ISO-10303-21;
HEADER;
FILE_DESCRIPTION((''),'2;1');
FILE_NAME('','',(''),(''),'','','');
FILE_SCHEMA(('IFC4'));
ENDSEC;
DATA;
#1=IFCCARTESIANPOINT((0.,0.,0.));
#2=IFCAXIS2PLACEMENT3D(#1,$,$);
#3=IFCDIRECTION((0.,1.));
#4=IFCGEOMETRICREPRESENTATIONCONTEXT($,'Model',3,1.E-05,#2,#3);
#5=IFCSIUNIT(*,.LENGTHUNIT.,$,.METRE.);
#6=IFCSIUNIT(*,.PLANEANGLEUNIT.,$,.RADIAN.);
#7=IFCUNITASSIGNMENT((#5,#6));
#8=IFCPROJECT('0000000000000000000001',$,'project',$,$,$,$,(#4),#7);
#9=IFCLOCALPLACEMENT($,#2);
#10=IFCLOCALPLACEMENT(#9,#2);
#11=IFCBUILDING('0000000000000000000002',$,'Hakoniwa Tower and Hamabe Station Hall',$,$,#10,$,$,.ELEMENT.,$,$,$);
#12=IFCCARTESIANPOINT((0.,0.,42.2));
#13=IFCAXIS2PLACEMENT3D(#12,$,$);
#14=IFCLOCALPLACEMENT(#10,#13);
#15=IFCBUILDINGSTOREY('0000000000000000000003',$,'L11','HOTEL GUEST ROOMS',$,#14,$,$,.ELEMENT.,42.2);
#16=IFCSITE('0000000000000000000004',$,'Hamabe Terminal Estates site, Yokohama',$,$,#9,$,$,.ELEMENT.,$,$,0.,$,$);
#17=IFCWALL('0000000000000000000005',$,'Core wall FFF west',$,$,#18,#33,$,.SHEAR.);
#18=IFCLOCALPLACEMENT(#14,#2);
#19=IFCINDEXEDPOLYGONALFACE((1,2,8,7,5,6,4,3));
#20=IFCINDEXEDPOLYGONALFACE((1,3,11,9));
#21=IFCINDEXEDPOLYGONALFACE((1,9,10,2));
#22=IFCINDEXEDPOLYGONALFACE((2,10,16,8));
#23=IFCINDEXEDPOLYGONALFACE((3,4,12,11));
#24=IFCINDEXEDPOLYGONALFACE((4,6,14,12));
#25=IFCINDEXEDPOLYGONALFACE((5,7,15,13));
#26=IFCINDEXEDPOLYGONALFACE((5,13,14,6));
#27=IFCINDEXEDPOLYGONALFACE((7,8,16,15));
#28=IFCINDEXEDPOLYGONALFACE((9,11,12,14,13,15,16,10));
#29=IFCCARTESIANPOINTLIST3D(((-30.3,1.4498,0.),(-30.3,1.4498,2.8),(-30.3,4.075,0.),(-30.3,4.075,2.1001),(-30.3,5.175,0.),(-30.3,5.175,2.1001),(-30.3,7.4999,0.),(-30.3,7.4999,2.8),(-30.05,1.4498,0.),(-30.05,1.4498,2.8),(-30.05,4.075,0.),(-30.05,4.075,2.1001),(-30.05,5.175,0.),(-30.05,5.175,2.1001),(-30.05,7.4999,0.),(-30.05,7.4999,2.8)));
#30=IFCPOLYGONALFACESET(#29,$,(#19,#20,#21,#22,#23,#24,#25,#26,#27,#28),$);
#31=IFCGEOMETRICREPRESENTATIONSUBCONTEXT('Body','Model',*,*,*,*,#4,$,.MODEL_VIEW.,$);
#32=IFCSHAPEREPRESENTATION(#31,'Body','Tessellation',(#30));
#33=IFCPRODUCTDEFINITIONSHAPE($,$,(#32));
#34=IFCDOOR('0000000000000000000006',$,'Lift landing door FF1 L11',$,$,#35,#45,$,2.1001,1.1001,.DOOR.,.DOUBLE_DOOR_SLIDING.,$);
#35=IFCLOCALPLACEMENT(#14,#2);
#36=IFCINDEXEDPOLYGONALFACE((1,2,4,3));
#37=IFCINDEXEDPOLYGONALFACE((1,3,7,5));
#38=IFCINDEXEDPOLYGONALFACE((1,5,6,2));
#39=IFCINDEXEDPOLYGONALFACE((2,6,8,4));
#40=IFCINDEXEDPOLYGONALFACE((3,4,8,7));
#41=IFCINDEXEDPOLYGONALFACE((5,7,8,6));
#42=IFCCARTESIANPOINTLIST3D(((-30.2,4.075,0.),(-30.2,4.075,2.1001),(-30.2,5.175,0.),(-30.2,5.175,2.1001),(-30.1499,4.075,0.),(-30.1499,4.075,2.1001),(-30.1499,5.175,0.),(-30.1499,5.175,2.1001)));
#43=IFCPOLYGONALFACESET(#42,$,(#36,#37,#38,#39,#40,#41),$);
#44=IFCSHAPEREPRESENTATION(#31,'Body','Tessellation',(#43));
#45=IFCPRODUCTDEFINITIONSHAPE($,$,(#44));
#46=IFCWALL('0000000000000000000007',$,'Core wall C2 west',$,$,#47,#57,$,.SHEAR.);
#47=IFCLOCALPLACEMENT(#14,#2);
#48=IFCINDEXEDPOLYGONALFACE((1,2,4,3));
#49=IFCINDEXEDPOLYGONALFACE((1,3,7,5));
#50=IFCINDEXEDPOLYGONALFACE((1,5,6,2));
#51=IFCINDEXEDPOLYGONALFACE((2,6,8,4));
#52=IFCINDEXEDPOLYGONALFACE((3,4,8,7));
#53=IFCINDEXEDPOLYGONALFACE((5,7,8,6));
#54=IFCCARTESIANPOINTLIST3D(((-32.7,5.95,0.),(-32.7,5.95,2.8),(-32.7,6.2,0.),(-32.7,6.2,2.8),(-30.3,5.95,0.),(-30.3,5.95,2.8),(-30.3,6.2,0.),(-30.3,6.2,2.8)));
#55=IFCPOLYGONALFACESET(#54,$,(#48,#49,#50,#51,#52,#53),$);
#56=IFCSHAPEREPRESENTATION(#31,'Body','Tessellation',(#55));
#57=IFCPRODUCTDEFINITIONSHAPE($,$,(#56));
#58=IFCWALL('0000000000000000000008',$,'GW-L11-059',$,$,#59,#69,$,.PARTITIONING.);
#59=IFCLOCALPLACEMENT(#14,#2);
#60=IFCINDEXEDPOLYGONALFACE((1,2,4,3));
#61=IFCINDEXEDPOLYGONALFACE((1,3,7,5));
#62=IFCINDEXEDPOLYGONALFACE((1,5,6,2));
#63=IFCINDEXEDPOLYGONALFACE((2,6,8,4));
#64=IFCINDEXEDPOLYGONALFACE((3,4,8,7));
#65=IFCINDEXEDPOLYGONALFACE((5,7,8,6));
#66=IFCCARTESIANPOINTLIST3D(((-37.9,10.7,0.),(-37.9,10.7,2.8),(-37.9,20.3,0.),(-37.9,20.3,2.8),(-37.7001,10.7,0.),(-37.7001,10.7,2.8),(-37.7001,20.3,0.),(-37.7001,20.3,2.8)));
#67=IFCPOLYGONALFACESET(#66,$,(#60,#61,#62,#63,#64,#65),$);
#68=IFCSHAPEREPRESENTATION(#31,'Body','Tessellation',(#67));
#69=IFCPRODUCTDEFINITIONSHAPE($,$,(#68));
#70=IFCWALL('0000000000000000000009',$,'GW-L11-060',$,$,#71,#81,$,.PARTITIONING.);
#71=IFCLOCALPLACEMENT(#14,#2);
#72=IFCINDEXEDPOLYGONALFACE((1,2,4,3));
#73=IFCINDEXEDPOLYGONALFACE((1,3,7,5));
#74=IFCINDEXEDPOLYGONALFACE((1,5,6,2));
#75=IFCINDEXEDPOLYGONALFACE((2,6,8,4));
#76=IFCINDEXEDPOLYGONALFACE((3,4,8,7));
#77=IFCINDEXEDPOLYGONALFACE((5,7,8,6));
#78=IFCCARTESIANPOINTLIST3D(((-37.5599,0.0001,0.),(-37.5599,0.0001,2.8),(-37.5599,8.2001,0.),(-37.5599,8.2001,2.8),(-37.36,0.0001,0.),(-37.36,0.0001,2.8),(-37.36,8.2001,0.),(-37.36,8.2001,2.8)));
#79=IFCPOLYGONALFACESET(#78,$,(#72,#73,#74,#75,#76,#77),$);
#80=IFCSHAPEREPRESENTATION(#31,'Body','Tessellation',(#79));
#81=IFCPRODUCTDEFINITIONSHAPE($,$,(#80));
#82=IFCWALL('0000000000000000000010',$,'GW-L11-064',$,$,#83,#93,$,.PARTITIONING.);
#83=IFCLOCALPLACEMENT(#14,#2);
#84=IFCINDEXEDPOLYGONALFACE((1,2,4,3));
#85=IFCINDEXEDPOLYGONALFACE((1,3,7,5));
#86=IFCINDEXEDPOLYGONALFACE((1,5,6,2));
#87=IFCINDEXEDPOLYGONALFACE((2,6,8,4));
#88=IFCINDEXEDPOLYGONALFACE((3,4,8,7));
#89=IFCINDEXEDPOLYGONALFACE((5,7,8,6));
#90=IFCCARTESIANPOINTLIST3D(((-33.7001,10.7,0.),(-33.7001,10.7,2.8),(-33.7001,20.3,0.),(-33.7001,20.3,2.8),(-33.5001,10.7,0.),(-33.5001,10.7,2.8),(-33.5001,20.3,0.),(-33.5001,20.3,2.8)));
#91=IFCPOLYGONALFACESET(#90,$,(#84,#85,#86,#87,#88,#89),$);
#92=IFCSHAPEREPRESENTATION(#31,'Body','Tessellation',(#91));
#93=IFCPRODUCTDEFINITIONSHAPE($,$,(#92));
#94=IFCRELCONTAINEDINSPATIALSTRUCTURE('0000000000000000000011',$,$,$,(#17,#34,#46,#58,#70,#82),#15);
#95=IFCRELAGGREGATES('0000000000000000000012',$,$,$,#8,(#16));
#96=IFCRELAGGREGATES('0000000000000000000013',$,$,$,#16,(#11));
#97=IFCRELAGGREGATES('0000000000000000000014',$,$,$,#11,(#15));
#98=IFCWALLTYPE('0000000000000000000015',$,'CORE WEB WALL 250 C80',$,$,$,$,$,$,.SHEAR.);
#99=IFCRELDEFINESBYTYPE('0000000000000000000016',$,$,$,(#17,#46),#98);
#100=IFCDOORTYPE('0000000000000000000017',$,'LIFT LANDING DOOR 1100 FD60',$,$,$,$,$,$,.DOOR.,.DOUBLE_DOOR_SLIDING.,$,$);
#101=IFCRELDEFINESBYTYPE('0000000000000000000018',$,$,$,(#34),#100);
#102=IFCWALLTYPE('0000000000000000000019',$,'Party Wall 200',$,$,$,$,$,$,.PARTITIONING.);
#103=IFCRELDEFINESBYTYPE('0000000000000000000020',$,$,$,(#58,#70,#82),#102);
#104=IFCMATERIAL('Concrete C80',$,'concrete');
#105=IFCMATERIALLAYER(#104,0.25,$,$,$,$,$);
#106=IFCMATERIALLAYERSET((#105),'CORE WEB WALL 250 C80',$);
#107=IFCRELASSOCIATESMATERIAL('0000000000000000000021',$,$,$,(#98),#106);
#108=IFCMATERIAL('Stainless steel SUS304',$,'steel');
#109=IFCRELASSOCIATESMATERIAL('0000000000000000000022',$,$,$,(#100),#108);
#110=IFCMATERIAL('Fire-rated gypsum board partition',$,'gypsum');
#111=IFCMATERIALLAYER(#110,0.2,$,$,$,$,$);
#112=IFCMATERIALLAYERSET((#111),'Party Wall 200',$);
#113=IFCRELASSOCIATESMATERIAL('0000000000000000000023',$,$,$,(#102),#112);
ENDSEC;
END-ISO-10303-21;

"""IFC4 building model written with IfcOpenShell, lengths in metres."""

from ifc_helpers import new_model, si_unit, direction, frame, frame_2d, origin, place, context, subcontext, project, spatial, rectangle, extrude, material, layer, layer_set, type_object, element, fill, save


model = new_model("IFC4")

# Units and contexts
model_context = context("Model", 3, precision=1e-05, world=origin(), true_north=direction((0.0, 1.0)))
body_context = subcontext(model_context, "Body", "Model", "MODEL_VIEW")
ifc_project = project(units=[si_unit("LENGTHUNIT", "METRE"), si_unit("PLANEANGLEUNIT", "RADIAN")], contexts=[model_context])

# Site, building, storey
site_placement = place(None, origin())
site = spatial("IfcSite", under=ifc_project, at=site_placement, Name="Hamabe Terminal Estates site, Yokohama", CompositionType="ELEMENT", RefElevation=0.0)
building_placement = place(site_placement, origin())
building = spatial("IfcBuilding", under=site, at=building_placement, Name="Hakoniwa Tower and Hamabe Station Hall", CompositionType="ELEMENT")
storey_placement = place(building_placement, frame((0.0, 0.0, 42.2)))
storey = spatial("IfcBuildingStorey", under=building, at=storey_placement, Name="L11", Description="HOTEL GUEST ROOMS", CompositionType="ELEMENT", Elevation=42.2)

# Wall, opening, door
ifc_material_1 = material(Name="Concrete C80", Category="concrete")
ifc_layer_1 = layer(ifc_material_1, 0.25)
ifc_layer_set_1 = layer_set([ifc_layer_1], Name="CORE WEB WALL 250 C80")
wall_type_1 = type_object("IfcWallType", Name="CORE WEB WALL 250 C80", PredefinedType="SHEAR", material=ifc_layer_set_1)
wall_1_placement = place(storey_placement, frame((-30.175, 1.45, 0.0), z_axis=(0.0, 0.0, 1.0), x_axis=(0.0, 1.0, 0.0)))
wall_1 = element("IfcWall", 1, at=wall_1_placement, inside=storey, type_object=wall_type_1, Name="Core wall FFF west", PredefinedType="SHEAR", context=body_context, shape_type="SweptSolid", body=[
    extrude(rectangle(XDim=6.05, YDim=0.25, at=frame_2d((3.0249, 0.0))), origin(), (0.0, 0.0, 1.0), 2.8),
])
opening_1_placement = place(wall_1_placement, frame((2.625, 0.0, 0.0)))
opening_1 = element("IfcOpeningElement", 2, at=opening_1_placement, cuts=wall_1, PredefinedType="OPENING", context=body_context, shape_type="SweptSolid", body=[
    extrude(rectangle(XDim=1.1001, YDim=2.1001, at=frame_2d((0.55, 1.05))), frame((0.0, 0.135, 0.0), z_axis=(0.0, -1.0, 0.0), x_axis=(1.0, 0.0, 0.0)), (0.0, 0.0, 1.0), 0.27),
])
ifc_material_2 = material(Name="Stainless steel SUS304", Category="steel")
door_type_1 = type_object("IfcDoorType", Name="LIFT LANDING DOOR 1100 FD60", OperationType="DOUBLE_DOOR_SLIDING", PredefinedType="DOOR", material=ifc_material_2)
door_1_placement = place(opening_1_placement, origin())
door_1 = element("IfcDoor", 3, at=door_1_placement, inside=storey, type_object=door_type_1, Name="Lift landing door FF1 L11", OperationType="DOUBLE_DOOR_SLIDING", OverallHeight=2.1001, OverallWidth=1.1001, PredefinedType="DOOR", context=body_context, shape_type="SweptSolid", body=[
    extrude(rectangle(XDim=1.1001, YDim=2.1001, at=frame_2d((0.55, 1.05))), frame((0.0, 0.0249, 0.0), z_axis=(0.0, -1.0, 0.0), x_axis=(1.0, 0.0, 0.0)), (0.0, 0.0, 1.0), 0.05),
])
fill(opening_1, door_1)

# Walls
wall_2_placement = place(storey_placement, frame((-32.7, 6.075, 0.0), z_axis=(0.0, 0.0, 1.0), x_axis=(1.0, 0.0, 0.0)))
element("IfcWall", 4, at=wall_2_placement, inside=storey, type_object=wall_type_1, Name="Core wall C2 west", PredefinedType="SHEAR", context=body_context, shape_type="SweptSolid", body=[
    extrude(rectangle(XDim=2.3999, YDim=0.25, at=frame_2d((1.2, 0.0))), origin(), (0.0, 0.0, 1.0), 2.8),
])
ifc_material_3 = material(Name="Fire-rated gypsum board partition", Category="gypsum")
ifc_layer_2 = layer(ifc_material_3, 0.2)
ifc_layer_set_2 = layer_set([ifc_layer_2], Name="Party Wall 200")
wall_type_2 = type_object("IfcWallType", Name="Party Wall 200", PredefinedType="PARTITIONING", material=ifc_layer_set_2)
wall_3_placement = place(storey_placement, frame((-37.8, 10.7, 0.0), z_axis=(0.0, 0.0, 1.0), x_axis=(0.0, 1.0, 0.0)))
element("IfcWall", 5, at=wall_3_placement, inside=storey, type_object=wall_type_2, Name="GW-L11-059", PredefinedType="PARTITIONING", context=body_context, shape_type="SweptSolid", body=[
    extrude(rectangle(XDim=9.6001, YDim=0.2, at=frame_2d((4.8, 0.0))), origin(), (0.0, 0.0, 1.0), 2.8),
])
wall_4_placement = place(storey_placement, frame((-37.46, 0.0, 0.0), z_axis=(0.0, 0.0, 1.0), x_axis=(0.0, 1.0, 0.0)))
element("IfcWall", 6, at=wall_4_placement, inside=storey, type_object=wall_type_2, Name="GW-L11-060", PredefinedType="PARTITIONING", context=body_context, shape_type="SweptSolid", body=[
    extrude(rectangle(XDim=8.2, YDim=0.2, at=frame_2d((4.1001, 0.0))), origin(), (0.0, 0.0, 1.0), 2.8),
])
wall_5_placement = place(storey_placement, frame((-33.6001, 10.7, 0.0), z_axis=(0.0, 0.0, 1.0), x_axis=(0.0, 1.0, 0.0)))
element("IfcWall", 7, at=wall_5_placement, inside=storey, type_object=wall_type_2, Name="GW-L11-064", PredefinedType="PARTITIONING", context=body_context, shape_type="SweptSolid", body=[
    extrude(rectangle(XDim=9.6001, YDim=0.2, at=frame_2d((4.8, 0.0))), origin(), (0.0, 0.0, 1.0), 2.8),
])

save(model, "model.ifc")
